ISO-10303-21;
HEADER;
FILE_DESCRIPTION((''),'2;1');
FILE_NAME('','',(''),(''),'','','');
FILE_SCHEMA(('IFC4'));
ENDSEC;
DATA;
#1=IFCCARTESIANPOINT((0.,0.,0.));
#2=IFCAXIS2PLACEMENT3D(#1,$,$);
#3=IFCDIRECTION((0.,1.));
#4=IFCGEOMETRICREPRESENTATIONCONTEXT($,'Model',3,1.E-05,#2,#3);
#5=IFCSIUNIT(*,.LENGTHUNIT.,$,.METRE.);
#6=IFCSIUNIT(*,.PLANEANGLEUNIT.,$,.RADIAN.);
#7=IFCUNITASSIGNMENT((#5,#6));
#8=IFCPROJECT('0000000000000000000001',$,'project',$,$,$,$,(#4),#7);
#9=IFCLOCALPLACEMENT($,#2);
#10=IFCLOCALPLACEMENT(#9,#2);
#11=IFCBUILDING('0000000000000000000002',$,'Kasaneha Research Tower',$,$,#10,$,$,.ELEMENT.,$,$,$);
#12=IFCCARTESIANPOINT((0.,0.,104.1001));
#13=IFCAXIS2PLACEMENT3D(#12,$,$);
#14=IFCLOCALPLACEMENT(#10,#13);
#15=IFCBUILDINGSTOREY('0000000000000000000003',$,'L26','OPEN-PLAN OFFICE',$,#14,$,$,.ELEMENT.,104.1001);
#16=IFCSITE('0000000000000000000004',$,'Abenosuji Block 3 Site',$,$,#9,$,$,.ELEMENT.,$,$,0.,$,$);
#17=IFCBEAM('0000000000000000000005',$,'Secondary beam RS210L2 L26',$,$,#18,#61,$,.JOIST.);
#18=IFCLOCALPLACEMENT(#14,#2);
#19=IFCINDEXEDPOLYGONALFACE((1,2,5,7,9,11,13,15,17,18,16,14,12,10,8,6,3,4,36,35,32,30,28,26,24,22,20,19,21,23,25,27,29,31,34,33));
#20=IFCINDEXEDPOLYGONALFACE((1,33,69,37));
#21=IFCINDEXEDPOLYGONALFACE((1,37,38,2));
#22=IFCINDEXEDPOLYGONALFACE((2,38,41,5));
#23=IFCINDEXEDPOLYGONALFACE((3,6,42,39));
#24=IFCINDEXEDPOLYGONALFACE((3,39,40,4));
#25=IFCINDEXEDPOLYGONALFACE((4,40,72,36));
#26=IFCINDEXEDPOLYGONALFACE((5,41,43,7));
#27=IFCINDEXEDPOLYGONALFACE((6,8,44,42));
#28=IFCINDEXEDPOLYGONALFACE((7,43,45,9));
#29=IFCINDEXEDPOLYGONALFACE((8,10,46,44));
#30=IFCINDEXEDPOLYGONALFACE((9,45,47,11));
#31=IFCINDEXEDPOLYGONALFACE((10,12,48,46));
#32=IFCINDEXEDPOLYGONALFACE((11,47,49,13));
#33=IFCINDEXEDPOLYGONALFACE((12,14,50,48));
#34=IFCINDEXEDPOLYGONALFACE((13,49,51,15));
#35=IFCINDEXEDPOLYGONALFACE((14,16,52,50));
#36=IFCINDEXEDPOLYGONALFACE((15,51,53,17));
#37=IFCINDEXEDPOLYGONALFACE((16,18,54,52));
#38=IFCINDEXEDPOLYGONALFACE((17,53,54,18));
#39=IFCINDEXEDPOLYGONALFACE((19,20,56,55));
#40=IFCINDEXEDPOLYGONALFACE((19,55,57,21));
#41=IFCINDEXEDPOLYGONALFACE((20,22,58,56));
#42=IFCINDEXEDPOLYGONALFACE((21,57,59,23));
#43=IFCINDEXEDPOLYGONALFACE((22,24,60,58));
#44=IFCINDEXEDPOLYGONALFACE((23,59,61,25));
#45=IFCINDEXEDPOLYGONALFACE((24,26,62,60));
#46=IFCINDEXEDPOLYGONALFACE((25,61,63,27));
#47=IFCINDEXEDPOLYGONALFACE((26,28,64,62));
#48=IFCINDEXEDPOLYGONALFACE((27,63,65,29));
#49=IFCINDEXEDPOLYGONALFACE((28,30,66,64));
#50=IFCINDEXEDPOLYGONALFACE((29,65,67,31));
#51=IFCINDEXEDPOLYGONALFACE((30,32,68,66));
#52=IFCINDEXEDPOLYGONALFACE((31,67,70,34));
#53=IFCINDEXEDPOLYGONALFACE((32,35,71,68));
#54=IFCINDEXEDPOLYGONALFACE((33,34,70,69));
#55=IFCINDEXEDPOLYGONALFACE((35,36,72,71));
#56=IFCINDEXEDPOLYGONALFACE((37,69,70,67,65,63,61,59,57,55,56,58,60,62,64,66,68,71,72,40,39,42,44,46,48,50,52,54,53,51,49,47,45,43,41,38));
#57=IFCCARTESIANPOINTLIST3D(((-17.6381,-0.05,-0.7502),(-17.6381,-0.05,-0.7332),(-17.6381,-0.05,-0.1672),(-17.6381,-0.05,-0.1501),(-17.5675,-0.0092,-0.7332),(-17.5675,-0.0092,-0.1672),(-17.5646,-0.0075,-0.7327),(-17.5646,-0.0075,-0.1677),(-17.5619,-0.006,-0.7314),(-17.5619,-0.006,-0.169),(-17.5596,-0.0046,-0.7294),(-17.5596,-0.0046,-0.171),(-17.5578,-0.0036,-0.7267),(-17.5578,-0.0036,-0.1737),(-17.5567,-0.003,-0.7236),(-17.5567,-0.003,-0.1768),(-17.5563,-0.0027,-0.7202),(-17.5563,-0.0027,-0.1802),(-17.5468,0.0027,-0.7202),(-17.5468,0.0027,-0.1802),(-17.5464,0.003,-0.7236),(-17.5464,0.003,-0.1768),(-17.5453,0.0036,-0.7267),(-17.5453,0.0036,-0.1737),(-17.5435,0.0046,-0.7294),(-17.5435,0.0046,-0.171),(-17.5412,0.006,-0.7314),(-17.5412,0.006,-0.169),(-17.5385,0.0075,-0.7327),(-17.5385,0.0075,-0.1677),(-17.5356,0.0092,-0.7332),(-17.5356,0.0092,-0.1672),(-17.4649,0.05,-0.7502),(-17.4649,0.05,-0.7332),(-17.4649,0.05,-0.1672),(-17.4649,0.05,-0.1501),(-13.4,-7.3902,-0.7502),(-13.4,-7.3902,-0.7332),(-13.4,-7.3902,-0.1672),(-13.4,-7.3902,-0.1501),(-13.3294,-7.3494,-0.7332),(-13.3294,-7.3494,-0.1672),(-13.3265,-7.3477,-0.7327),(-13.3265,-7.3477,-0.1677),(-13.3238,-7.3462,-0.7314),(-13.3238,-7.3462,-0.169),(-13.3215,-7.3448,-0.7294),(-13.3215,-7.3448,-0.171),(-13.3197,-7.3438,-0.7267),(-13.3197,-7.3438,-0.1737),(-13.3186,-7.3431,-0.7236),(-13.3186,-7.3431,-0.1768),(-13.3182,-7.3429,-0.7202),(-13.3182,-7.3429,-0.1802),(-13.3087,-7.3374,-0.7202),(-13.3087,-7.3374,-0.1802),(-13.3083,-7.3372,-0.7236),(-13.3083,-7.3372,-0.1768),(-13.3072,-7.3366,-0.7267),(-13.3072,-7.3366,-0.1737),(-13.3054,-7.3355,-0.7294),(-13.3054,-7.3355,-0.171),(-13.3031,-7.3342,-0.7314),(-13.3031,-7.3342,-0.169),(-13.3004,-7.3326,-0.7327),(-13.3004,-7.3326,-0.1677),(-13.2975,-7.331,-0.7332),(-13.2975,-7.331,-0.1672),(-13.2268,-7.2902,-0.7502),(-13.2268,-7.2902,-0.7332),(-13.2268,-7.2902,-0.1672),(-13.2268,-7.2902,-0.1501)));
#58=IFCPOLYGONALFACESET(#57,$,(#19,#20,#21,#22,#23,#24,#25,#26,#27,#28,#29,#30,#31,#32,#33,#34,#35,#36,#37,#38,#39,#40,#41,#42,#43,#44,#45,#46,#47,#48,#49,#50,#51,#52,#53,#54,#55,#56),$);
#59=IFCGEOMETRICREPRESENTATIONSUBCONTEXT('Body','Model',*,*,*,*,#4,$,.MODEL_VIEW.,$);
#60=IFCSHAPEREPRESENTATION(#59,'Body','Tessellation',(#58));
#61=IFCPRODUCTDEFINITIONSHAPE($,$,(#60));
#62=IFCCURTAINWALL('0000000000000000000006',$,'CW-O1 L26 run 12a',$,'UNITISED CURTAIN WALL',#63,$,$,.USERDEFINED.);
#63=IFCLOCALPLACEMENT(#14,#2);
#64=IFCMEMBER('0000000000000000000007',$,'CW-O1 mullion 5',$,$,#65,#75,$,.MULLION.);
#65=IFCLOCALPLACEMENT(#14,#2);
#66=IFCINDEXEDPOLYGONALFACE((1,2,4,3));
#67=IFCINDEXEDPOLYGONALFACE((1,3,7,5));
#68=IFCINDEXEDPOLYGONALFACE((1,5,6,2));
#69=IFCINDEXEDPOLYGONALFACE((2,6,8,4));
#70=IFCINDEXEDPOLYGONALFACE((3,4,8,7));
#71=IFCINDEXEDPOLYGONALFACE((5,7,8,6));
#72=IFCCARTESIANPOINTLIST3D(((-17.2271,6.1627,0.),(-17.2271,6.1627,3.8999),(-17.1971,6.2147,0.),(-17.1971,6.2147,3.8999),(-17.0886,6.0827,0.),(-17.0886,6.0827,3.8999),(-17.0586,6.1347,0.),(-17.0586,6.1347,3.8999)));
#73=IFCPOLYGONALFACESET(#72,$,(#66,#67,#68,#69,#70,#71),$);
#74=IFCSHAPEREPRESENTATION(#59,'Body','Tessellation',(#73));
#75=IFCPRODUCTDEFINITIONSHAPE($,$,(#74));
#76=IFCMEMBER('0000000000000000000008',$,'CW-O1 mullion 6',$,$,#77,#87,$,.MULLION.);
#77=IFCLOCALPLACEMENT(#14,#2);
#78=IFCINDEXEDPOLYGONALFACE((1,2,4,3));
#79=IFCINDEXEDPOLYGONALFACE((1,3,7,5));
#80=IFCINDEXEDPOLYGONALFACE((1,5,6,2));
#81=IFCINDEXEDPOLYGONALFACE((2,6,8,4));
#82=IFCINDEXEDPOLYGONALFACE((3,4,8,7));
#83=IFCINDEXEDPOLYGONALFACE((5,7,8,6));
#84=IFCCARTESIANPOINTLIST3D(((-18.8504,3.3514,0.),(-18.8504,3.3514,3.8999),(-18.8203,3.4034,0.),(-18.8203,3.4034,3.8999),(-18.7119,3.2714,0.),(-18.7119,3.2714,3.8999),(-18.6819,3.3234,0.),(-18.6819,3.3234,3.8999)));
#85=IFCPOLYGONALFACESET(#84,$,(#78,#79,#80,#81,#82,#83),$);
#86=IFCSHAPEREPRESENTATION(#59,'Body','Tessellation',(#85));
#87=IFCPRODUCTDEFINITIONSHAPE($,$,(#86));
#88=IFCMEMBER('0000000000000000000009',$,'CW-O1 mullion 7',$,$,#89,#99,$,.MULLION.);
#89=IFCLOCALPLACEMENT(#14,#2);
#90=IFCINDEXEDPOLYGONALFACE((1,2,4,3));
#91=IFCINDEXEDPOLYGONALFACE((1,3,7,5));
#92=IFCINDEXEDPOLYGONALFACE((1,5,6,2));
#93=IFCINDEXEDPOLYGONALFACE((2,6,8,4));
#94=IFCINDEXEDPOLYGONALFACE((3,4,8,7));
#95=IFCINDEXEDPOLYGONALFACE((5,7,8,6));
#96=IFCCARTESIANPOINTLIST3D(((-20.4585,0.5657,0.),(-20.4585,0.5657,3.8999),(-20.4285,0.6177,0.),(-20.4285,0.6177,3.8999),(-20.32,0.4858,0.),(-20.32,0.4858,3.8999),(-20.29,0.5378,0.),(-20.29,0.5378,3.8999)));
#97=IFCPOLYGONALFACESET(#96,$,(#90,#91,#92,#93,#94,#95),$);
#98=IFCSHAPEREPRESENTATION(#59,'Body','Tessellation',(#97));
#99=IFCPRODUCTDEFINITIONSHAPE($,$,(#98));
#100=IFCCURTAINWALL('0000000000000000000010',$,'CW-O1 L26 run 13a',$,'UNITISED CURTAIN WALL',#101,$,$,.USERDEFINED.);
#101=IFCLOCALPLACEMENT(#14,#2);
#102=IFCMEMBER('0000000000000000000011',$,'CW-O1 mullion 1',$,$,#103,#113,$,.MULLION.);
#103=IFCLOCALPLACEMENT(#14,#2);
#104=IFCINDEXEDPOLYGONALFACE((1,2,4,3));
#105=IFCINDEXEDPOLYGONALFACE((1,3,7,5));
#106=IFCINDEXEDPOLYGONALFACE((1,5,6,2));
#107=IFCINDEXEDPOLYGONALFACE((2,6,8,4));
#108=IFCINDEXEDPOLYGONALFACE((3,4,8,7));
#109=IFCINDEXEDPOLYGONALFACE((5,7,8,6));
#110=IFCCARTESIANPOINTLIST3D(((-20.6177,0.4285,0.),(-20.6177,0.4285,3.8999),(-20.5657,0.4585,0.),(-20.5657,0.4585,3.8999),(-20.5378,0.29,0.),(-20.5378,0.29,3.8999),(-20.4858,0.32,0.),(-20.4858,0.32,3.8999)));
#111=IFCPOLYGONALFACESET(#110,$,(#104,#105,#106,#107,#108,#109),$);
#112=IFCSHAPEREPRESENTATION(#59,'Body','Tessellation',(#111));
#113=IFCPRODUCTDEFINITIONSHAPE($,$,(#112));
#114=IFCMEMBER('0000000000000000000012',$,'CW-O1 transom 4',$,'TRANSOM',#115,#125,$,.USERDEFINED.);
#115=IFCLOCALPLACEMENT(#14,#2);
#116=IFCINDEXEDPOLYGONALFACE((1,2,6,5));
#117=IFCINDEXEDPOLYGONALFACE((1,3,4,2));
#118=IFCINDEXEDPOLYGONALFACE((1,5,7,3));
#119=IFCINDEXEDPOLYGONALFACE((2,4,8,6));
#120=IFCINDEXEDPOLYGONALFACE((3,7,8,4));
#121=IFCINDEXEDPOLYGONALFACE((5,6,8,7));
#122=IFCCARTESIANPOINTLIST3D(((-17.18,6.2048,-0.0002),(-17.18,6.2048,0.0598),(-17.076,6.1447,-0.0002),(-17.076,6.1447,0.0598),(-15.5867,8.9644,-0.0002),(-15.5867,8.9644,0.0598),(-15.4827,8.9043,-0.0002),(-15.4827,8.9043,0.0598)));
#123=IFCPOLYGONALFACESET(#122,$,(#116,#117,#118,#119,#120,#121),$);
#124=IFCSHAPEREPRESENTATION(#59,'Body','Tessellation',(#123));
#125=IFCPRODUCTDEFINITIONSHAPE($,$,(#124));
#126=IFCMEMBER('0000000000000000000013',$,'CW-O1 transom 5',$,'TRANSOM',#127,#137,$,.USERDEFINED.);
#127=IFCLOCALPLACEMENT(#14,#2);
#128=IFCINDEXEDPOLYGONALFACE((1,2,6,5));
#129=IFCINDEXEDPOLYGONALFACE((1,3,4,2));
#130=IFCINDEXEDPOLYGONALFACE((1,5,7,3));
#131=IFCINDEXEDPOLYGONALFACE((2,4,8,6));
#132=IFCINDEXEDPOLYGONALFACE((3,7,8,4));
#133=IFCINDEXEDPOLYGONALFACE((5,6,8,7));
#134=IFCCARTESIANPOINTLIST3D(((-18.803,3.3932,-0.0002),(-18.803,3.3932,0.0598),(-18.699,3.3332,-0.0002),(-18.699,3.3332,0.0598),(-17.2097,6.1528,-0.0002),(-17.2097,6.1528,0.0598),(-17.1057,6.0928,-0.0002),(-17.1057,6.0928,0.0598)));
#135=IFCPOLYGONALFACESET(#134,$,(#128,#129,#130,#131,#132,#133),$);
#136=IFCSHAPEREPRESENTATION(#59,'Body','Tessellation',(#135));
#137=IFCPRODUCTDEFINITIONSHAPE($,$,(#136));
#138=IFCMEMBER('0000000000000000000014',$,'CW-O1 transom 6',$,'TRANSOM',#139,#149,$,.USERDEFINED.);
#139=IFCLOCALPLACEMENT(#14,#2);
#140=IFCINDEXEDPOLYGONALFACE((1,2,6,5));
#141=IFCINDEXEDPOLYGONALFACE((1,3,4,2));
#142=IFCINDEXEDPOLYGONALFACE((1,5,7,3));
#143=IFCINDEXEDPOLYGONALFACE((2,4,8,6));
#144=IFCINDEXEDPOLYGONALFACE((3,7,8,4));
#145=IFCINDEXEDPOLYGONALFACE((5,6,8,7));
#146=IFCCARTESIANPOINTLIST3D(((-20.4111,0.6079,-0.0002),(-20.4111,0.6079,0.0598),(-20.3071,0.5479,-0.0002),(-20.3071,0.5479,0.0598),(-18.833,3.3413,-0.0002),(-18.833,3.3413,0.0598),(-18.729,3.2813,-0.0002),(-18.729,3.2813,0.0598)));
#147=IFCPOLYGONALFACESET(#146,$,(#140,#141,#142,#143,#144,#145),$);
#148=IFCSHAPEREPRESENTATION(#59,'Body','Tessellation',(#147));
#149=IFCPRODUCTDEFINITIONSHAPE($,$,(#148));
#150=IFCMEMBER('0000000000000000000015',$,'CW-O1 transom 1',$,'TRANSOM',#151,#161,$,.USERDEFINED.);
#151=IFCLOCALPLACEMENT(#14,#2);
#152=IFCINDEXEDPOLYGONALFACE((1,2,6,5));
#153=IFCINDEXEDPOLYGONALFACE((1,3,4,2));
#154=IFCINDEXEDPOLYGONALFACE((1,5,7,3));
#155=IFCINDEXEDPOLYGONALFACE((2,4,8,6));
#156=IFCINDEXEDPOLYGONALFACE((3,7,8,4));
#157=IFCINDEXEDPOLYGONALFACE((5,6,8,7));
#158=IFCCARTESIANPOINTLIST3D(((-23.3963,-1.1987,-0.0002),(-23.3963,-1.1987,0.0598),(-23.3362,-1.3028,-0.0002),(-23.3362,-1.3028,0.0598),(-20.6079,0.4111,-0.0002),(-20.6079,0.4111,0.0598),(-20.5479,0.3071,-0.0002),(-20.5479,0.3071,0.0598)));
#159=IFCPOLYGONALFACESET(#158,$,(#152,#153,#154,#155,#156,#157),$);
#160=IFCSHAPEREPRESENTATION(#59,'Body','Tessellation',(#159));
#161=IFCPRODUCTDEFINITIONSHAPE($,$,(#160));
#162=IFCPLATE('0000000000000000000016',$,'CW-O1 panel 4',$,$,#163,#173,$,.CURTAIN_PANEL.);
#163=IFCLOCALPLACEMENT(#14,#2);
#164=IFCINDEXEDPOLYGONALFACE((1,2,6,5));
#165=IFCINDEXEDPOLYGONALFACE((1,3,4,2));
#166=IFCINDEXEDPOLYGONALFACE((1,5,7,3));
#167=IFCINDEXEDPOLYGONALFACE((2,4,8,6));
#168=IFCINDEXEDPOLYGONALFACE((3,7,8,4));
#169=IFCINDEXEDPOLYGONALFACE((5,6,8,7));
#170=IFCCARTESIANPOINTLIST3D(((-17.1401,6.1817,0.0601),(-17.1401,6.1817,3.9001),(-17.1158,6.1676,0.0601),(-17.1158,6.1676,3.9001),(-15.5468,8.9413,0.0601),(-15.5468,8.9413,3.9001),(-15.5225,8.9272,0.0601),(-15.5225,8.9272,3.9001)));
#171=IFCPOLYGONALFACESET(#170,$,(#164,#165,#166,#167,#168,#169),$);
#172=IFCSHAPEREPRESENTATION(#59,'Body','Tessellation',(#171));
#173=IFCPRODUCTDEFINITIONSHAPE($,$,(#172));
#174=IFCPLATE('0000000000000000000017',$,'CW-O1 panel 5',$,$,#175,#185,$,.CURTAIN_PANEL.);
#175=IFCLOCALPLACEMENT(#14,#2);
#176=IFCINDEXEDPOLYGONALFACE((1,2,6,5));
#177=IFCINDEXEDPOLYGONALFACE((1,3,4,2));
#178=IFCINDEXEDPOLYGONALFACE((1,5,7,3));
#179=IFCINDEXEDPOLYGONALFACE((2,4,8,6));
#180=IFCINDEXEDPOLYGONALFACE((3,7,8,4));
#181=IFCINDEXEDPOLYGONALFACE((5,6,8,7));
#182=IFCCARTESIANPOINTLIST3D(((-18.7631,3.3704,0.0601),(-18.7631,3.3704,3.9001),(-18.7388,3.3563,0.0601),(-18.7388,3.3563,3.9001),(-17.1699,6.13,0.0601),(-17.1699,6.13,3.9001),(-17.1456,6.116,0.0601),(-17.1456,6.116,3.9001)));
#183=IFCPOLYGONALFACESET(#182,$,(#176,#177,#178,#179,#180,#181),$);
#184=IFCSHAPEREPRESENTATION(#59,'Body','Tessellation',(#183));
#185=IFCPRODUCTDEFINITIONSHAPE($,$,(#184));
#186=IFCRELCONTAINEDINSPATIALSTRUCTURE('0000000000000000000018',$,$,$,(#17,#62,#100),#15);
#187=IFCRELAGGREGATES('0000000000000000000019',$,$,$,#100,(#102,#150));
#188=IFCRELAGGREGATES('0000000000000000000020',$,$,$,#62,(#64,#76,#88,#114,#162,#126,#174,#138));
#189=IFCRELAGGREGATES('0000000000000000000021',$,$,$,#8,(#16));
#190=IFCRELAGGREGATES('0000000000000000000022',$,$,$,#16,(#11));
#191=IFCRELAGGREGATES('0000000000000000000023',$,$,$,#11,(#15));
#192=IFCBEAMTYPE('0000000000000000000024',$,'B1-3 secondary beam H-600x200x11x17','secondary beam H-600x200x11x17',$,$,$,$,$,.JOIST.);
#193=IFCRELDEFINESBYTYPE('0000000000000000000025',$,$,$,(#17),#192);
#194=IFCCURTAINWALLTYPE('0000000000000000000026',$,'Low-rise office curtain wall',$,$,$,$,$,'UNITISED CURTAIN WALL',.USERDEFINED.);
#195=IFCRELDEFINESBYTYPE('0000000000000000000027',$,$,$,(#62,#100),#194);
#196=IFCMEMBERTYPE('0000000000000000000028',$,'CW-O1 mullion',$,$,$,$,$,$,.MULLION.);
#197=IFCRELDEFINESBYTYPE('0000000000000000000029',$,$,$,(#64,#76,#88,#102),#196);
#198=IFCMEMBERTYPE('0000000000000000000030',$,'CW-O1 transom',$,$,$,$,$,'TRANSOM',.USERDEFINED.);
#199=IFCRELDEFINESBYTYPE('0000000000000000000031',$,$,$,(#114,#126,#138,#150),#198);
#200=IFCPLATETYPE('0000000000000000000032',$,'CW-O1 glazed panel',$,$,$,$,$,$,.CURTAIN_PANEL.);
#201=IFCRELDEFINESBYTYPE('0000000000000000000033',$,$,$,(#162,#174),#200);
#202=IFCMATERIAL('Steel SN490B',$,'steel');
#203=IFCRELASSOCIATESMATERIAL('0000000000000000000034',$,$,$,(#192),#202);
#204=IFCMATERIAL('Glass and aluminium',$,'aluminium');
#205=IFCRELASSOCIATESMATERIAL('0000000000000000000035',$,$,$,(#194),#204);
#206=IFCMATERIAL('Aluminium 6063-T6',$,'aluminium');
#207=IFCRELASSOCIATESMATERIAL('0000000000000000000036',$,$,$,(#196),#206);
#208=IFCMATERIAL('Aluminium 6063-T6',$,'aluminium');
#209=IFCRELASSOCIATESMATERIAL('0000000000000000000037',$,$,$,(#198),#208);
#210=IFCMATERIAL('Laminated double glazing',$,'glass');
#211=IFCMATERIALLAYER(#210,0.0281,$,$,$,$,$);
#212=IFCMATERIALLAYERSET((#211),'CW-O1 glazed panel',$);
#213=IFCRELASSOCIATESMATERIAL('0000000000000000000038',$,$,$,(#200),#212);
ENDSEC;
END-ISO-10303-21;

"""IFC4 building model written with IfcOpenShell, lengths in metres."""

from ifc_helpers import new_model, si_unit, direction, frame, origin, origin_2d, place, context, subcontext, project, spatial, rectangle, i_section, extrude, material, layer, layer_set, material_profile, profile_set, type_object, element, aggregate, save


model = new_model("IFC4")

# Units and contexts
model_context = context("Model", 3, precision=1e-05, world=origin(), true_north=direction((0.0, 1.0)))
body_context = subcontext(model_context, "Body", "Model", "MODEL_VIEW")
ifc_project = project(units=[si_unit("LENGTHUNIT", "METRE"), si_unit("PLANEANGLEUNIT", "RADIAN")], contexts=[model_context])

# Site, building, storey
site_placement = place(None, origin())
site = spatial("IfcSite", under=ifc_project, at=site_placement, Name="Abenosuji Block 3 Site", CompositionType="ELEMENT", RefElevation=0.0)
building_placement = place(site_placement, origin())
building = spatial("IfcBuilding", under=site, at=building_placement, Name="Kasaneha Research Tower", CompositionType="ELEMENT")
storey_placement = place(building_placement, frame((0.0, 0.0, 104.1001)))
storey = spatial("IfcBuildingStorey", under=building, at=storey_placement, Name="L26", Description="OPEN-PLAN OFFICE", CompositionType="ELEMENT", Elevation=104.1001)

# Beam
ifc_material_1 = material(Name="Steel SN490B", Category="steel")
ifc_material_profile_1 = material_profile(ifc_material_1, i_section(OverallWidth=0.2, OverallDepth=0.6001, WebThickness=0.011, FlangeThickness=0.0171, FilletRadius=0.0129, at=origin_2d()), Name="H-600x200x11x17")
ifc_profile_set_1 = profile_set([ifc_material_profile_1], Name="Steel SN490B")
beam_type = type_object("IfcBeamType", Name="B1-3 secondary beam H-600x200x11x17", Description="secondary beam H-600x200x11x17", PredefinedType="JOIST", material=ifc_profile_set_1)
beam_placement = place(storey_placement, frame((-17.5515, 0.0, -0.4502), z_axis=(0.500021, -0.866013, 0.0), x_axis=(0.866013, 0.500021, 0.0)))
element("IfcBeam", 1, at=beam_placement, inside=storey, type_object=beam_type, Name="Secondary beam RS210L2 L26", PredefinedType="JOIST", context=body_context, shape_type="SweptSolid", body=[
    extrude(i_section(OverallWidth=0.2, OverallDepth=0.6001, WebThickness=0.011, FlangeThickness=0.0171, FilletRadius=0.0129, at=origin_2d()), origin(), (0.0, 0.0, 1.0), 8.4758),
])

# Curtain wall, members
ifc_material_2 = material(Name="Glass and aluminium", Category="aluminium")
curtain_wall_type = type_object("IfcCurtainWallType", Name="Low-rise office curtain wall", ElementType="UNITISED CURTAIN WALL", PredefinedType="USERDEFINED", material=ifc_material_2)
curtain_wall_1_placement = place(storey_placement, origin())
curtain_wall_1 = element("IfcCurtainWall", 2, at=curtain_wall_1_placement, inside=storey, type_object=curtain_wall_type, Name="CW-O1 L26 run 12a", ObjectType="UNITISED CURTAIN WALL", PredefinedType="USERDEFINED")
ifc_material_3 = material(Name="Aluminium 6063-T6", Category="aluminium")
ifc_material_profile_2 = material_profile(ifc_material_3, rectangle(XDim=0.0601, YDim=0.1599, at=origin_2d()), Name="CW-O1 mullion 60x160")
ifc_profile_set_2 = profile_set([ifc_material_profile_2], Name="Aluminium 6063-T6")
member_type_1 = type_object("IfcMemberType", Name="CW-O1 mullion", PredefinedType="MULLION", material=ifc_profile_set_2)
member_1_placement = place(storey_placement, frame((-17.1428, 6.1487, 0.0), z_axis=(0.0, 0.0, 1.0), x_axis=(-0.5, -0.866025, 0.0)))
member_1 = element("IfcMember", 3, at=member_1_placement, type_object=member_type_1, Name="CW-O1 mullion 5", PredefinedType="MULLION", context=body_context, shape_type="SweptSolid", body=[
    extrude(rectangle(XDim=0.0601, YDim=0.1599, at=origin_2d()), origin(), (0.0, 0.0, 1.0), 3.8999),
])
member_2_placement = place(storey_placement, frame((-18.7661, 3.3374, 0.0), z_axis=(0.0, 0.0, 1.0), x_axis=(-0.5, -0.866025, 0.0)))
member_2 = element("IfcMember", 4, at=member_2_placement, type_object=member_type_1, Name="CW-O1 mullion 6", PredefinedType="MULLION", context=body_context, shape_type="SweptSolid", body=[
    extrude(rectangle(XDim=0.0601, YDim=0.1599, at=origin_2d()), origin(), (0.0, 0.0, 1.0), 3.8999),
])
member_3_placement = place(storey_placement, frame((-20.3743, 0.5518, 0.0), z_axis=(0.0, 0.0, 1.0), x_axis=(-0.5, -0.866025, 0.0)))
member_3 = element("IfcMember", 5, at=member_3_placement, type_object=member_type_1, Name="CW-O1 mullion 7", PredefinedType="MULLION", context=body_context, shape_type="SweptSolid", body=[
    extrude(rectangle(XDim=0.0601, YDim=0.1599, at=origin_2d()), origin(), (0.0, 0.0, 1.0), 3.8999),
])

# Curtain wall, member
curtain_wall_2_placement = place(storey_placement, origin())
curtain_wall_2 = element("IfcCurtainWall", 6, at=curtain_wall_2_placement, inside=storey, type_object=curtain_wall_type, Name="CW-O1 L26 run 13a", ObjectType="UNITISED CURTAIN WALL", PredefinedType="USERDEFINED")
member_4_placement = place(storey_placement, frame((-20.5518, 0.3743, 0.0), z_axis=(0.0, 0.0, 1.0), x_axis=(-0.866025, -0.5, 0.0)))
member_4 = element("IfcMember", 7, at=member_4_placement, type_object=member_type_1, Name="CW-O1 mullion 1", PredefinedType="MULLION", context=body_context, shape_type="SweptSolid", body=[
    extrude(rectangle(XDim=0.0601, YDim=0.1599, at=origin_2d()), origin(), (0.0, 0.0, 1.0), 3.8999),
])

# Members
ifc_material_4 = material(Name="Aluminium 6063-T6", Category="aluminium")
ifc_material_profile_3 = material_profile(ifc_material_4, rectangle(XDim=0.1201, YDim=0.0601, at=origin_2d()), Name="CW-O1 transom 120x60")
ifc_profile_set_3 = profile_set([ifc_material_profile_3], Name="Aluminium 6063-T6")
member_type_2 = type_object("IfcMemberType", Name="CW-O1 transom", ElementType="TRANSOM", PredefinedType="USERDEFINED", material=ifc_profile_set_3)
member_5_placement = place(storey_placement, frame((-15.5347, 8.9343, 0.0298), z_axis=(-0.500012, -0.866018, 0.0), x_axis=(0.866018, -0.500012, 0.0)))
member_5 = element("IfcMember", 8, at=member_5_placement, type_object=member_type_2, Name="CW-O1 transom 4", ObjectType="TRANSOM", PredefinedType="USERDEFINED", context=body_context, shape_type="SweptSolid", body=[
    extrude(rectangle(XDim=0.1201, YDim=0.0601, at=origin_2d()), origin(), (0.0, 0.0, 1.0), 3.1865),
])
member_6_placement = place(storey_placement, frame((-17.1577, 6.1228, 0.0298), z_axis=(-0.500012, -0.866018, 0.0), x_axis=(0.866018, -0.500012, 0.0)))
member_6 = element("IfcMember", 9, at=member_6_placement, type_object=member_type_2, Name="CW-O1 transom 5", ObjectType="TRANSOM", PredefinedType="USERDEFINED", context=body_context, shape_type="SweptSolid", body=[
    extrude(rectangle(XDim=0.1201, YDim=0.0601, at=origin_2d()), origin(), (0.0, 0.0, 1.0), 3.1865),
])
member_7_placement = place(storey_placement, frame((-18.781, 3.3113, 0.0298), z_axis=(-0.499999, -0.866026, 0.0), x_axis=(0.866026, -0.499999, 0.0)))
member_7 = element("IfcMember", 10, at=member_7_placement, type_object=member_type_2, Name="CW-O1 transom 6", ObjectType="TRANSOM", PredefinedType="USERDEFINED", context=body_context, shape_type="SweptSolid", body=[
    extrude(rectangle(XDim=0.1201, YDim=0.0601, at=origin_2d()), origin(), (0.0, 0.0, 1.0), 3.1562),
])
member_8_placement = place(storey_placement, frame((-20.5779, 0.3591, 0.0298), z_axis=(-0.866023, -0.500005, 0.0), x_axis=(0.500005, -0.866023, 0.0)))
member_8 = element("IfcMember", 11, at=member_8_placement, type_object=member_type_2, Name="CW-O1 transom 1", ObjectType="TRANSOM", PredefinedType="USERDEFINED", context=body_context, shape_type="SweptSolid", body=[
    extrude(rectangle(XDim=0.1201, YDim=0.0601, at=origin_2d()), origin(), (0.0, 0.0, 1.0), 3.2197),
])
aggregate(curtain_wall_2, [member_4, member_8])

# Plates
ifc_material_5 = material(Name="Laminated double glazing", Category="glass")
ifc_layer_1 = layer(ifc_material_5, 0.0281)
ifc_layer_set_1 = layer_set([ifc_layer_1], Name="CW-O1 glazed panel")
plate_type = type_object("IfcPlateType", Name="CW-O1 glazed panel", PredefinedType="CURTAIN_PANEL", material=ifc_layer_set_1)
plate_1_placement = place(storey_placement, frame((-16.3313, 7.5544, 0.0601), z_axis=(0.0, 0.0, 1.0), x_axis=(-0.5, -0.866025, 0.0)))
plate_1 = element("IfcPlate", 12, at=plate_1_placement, type_object=plate_type, Name="CW-O1 panel 4", PredefinedType="CURTAIN_PANEL", context=body_context, shape_type="SweptSolid", body=[
    extrude(rectangle(XDim=3.1865, YDim=0.0281, at=origin_2d()), origin(), (0.0, 0.0, 1.0), 3.8401),
])
plate_2_placement = place(storey_placement, frame((-17.9543, 4.7432, 0.0601), z_axis=(0.0, 0.0, 1.0), x_axis=(-0.5, -0.866025, 0.0)))
plate_2 = element("IfcPlate", 13, at=plate_2_placement, type_object=plate_type, Name="CW-O1 panel 5", PredefinedType="CURTAIN_PANEL", context=body_context, shape_type="SweptSolid", body=[
    extrude(rectangle(XDim=3.1865, YDim=0.0281, at=origin_2d()), origin(), (0.0, 0.0, 1.0), 3.8401),
])
aggregate(curtain_wall_1, [member_1, member_2, member_3, member_5, plate_1, member_6, plate_2, member_7])

save(model, "model.ifc")
